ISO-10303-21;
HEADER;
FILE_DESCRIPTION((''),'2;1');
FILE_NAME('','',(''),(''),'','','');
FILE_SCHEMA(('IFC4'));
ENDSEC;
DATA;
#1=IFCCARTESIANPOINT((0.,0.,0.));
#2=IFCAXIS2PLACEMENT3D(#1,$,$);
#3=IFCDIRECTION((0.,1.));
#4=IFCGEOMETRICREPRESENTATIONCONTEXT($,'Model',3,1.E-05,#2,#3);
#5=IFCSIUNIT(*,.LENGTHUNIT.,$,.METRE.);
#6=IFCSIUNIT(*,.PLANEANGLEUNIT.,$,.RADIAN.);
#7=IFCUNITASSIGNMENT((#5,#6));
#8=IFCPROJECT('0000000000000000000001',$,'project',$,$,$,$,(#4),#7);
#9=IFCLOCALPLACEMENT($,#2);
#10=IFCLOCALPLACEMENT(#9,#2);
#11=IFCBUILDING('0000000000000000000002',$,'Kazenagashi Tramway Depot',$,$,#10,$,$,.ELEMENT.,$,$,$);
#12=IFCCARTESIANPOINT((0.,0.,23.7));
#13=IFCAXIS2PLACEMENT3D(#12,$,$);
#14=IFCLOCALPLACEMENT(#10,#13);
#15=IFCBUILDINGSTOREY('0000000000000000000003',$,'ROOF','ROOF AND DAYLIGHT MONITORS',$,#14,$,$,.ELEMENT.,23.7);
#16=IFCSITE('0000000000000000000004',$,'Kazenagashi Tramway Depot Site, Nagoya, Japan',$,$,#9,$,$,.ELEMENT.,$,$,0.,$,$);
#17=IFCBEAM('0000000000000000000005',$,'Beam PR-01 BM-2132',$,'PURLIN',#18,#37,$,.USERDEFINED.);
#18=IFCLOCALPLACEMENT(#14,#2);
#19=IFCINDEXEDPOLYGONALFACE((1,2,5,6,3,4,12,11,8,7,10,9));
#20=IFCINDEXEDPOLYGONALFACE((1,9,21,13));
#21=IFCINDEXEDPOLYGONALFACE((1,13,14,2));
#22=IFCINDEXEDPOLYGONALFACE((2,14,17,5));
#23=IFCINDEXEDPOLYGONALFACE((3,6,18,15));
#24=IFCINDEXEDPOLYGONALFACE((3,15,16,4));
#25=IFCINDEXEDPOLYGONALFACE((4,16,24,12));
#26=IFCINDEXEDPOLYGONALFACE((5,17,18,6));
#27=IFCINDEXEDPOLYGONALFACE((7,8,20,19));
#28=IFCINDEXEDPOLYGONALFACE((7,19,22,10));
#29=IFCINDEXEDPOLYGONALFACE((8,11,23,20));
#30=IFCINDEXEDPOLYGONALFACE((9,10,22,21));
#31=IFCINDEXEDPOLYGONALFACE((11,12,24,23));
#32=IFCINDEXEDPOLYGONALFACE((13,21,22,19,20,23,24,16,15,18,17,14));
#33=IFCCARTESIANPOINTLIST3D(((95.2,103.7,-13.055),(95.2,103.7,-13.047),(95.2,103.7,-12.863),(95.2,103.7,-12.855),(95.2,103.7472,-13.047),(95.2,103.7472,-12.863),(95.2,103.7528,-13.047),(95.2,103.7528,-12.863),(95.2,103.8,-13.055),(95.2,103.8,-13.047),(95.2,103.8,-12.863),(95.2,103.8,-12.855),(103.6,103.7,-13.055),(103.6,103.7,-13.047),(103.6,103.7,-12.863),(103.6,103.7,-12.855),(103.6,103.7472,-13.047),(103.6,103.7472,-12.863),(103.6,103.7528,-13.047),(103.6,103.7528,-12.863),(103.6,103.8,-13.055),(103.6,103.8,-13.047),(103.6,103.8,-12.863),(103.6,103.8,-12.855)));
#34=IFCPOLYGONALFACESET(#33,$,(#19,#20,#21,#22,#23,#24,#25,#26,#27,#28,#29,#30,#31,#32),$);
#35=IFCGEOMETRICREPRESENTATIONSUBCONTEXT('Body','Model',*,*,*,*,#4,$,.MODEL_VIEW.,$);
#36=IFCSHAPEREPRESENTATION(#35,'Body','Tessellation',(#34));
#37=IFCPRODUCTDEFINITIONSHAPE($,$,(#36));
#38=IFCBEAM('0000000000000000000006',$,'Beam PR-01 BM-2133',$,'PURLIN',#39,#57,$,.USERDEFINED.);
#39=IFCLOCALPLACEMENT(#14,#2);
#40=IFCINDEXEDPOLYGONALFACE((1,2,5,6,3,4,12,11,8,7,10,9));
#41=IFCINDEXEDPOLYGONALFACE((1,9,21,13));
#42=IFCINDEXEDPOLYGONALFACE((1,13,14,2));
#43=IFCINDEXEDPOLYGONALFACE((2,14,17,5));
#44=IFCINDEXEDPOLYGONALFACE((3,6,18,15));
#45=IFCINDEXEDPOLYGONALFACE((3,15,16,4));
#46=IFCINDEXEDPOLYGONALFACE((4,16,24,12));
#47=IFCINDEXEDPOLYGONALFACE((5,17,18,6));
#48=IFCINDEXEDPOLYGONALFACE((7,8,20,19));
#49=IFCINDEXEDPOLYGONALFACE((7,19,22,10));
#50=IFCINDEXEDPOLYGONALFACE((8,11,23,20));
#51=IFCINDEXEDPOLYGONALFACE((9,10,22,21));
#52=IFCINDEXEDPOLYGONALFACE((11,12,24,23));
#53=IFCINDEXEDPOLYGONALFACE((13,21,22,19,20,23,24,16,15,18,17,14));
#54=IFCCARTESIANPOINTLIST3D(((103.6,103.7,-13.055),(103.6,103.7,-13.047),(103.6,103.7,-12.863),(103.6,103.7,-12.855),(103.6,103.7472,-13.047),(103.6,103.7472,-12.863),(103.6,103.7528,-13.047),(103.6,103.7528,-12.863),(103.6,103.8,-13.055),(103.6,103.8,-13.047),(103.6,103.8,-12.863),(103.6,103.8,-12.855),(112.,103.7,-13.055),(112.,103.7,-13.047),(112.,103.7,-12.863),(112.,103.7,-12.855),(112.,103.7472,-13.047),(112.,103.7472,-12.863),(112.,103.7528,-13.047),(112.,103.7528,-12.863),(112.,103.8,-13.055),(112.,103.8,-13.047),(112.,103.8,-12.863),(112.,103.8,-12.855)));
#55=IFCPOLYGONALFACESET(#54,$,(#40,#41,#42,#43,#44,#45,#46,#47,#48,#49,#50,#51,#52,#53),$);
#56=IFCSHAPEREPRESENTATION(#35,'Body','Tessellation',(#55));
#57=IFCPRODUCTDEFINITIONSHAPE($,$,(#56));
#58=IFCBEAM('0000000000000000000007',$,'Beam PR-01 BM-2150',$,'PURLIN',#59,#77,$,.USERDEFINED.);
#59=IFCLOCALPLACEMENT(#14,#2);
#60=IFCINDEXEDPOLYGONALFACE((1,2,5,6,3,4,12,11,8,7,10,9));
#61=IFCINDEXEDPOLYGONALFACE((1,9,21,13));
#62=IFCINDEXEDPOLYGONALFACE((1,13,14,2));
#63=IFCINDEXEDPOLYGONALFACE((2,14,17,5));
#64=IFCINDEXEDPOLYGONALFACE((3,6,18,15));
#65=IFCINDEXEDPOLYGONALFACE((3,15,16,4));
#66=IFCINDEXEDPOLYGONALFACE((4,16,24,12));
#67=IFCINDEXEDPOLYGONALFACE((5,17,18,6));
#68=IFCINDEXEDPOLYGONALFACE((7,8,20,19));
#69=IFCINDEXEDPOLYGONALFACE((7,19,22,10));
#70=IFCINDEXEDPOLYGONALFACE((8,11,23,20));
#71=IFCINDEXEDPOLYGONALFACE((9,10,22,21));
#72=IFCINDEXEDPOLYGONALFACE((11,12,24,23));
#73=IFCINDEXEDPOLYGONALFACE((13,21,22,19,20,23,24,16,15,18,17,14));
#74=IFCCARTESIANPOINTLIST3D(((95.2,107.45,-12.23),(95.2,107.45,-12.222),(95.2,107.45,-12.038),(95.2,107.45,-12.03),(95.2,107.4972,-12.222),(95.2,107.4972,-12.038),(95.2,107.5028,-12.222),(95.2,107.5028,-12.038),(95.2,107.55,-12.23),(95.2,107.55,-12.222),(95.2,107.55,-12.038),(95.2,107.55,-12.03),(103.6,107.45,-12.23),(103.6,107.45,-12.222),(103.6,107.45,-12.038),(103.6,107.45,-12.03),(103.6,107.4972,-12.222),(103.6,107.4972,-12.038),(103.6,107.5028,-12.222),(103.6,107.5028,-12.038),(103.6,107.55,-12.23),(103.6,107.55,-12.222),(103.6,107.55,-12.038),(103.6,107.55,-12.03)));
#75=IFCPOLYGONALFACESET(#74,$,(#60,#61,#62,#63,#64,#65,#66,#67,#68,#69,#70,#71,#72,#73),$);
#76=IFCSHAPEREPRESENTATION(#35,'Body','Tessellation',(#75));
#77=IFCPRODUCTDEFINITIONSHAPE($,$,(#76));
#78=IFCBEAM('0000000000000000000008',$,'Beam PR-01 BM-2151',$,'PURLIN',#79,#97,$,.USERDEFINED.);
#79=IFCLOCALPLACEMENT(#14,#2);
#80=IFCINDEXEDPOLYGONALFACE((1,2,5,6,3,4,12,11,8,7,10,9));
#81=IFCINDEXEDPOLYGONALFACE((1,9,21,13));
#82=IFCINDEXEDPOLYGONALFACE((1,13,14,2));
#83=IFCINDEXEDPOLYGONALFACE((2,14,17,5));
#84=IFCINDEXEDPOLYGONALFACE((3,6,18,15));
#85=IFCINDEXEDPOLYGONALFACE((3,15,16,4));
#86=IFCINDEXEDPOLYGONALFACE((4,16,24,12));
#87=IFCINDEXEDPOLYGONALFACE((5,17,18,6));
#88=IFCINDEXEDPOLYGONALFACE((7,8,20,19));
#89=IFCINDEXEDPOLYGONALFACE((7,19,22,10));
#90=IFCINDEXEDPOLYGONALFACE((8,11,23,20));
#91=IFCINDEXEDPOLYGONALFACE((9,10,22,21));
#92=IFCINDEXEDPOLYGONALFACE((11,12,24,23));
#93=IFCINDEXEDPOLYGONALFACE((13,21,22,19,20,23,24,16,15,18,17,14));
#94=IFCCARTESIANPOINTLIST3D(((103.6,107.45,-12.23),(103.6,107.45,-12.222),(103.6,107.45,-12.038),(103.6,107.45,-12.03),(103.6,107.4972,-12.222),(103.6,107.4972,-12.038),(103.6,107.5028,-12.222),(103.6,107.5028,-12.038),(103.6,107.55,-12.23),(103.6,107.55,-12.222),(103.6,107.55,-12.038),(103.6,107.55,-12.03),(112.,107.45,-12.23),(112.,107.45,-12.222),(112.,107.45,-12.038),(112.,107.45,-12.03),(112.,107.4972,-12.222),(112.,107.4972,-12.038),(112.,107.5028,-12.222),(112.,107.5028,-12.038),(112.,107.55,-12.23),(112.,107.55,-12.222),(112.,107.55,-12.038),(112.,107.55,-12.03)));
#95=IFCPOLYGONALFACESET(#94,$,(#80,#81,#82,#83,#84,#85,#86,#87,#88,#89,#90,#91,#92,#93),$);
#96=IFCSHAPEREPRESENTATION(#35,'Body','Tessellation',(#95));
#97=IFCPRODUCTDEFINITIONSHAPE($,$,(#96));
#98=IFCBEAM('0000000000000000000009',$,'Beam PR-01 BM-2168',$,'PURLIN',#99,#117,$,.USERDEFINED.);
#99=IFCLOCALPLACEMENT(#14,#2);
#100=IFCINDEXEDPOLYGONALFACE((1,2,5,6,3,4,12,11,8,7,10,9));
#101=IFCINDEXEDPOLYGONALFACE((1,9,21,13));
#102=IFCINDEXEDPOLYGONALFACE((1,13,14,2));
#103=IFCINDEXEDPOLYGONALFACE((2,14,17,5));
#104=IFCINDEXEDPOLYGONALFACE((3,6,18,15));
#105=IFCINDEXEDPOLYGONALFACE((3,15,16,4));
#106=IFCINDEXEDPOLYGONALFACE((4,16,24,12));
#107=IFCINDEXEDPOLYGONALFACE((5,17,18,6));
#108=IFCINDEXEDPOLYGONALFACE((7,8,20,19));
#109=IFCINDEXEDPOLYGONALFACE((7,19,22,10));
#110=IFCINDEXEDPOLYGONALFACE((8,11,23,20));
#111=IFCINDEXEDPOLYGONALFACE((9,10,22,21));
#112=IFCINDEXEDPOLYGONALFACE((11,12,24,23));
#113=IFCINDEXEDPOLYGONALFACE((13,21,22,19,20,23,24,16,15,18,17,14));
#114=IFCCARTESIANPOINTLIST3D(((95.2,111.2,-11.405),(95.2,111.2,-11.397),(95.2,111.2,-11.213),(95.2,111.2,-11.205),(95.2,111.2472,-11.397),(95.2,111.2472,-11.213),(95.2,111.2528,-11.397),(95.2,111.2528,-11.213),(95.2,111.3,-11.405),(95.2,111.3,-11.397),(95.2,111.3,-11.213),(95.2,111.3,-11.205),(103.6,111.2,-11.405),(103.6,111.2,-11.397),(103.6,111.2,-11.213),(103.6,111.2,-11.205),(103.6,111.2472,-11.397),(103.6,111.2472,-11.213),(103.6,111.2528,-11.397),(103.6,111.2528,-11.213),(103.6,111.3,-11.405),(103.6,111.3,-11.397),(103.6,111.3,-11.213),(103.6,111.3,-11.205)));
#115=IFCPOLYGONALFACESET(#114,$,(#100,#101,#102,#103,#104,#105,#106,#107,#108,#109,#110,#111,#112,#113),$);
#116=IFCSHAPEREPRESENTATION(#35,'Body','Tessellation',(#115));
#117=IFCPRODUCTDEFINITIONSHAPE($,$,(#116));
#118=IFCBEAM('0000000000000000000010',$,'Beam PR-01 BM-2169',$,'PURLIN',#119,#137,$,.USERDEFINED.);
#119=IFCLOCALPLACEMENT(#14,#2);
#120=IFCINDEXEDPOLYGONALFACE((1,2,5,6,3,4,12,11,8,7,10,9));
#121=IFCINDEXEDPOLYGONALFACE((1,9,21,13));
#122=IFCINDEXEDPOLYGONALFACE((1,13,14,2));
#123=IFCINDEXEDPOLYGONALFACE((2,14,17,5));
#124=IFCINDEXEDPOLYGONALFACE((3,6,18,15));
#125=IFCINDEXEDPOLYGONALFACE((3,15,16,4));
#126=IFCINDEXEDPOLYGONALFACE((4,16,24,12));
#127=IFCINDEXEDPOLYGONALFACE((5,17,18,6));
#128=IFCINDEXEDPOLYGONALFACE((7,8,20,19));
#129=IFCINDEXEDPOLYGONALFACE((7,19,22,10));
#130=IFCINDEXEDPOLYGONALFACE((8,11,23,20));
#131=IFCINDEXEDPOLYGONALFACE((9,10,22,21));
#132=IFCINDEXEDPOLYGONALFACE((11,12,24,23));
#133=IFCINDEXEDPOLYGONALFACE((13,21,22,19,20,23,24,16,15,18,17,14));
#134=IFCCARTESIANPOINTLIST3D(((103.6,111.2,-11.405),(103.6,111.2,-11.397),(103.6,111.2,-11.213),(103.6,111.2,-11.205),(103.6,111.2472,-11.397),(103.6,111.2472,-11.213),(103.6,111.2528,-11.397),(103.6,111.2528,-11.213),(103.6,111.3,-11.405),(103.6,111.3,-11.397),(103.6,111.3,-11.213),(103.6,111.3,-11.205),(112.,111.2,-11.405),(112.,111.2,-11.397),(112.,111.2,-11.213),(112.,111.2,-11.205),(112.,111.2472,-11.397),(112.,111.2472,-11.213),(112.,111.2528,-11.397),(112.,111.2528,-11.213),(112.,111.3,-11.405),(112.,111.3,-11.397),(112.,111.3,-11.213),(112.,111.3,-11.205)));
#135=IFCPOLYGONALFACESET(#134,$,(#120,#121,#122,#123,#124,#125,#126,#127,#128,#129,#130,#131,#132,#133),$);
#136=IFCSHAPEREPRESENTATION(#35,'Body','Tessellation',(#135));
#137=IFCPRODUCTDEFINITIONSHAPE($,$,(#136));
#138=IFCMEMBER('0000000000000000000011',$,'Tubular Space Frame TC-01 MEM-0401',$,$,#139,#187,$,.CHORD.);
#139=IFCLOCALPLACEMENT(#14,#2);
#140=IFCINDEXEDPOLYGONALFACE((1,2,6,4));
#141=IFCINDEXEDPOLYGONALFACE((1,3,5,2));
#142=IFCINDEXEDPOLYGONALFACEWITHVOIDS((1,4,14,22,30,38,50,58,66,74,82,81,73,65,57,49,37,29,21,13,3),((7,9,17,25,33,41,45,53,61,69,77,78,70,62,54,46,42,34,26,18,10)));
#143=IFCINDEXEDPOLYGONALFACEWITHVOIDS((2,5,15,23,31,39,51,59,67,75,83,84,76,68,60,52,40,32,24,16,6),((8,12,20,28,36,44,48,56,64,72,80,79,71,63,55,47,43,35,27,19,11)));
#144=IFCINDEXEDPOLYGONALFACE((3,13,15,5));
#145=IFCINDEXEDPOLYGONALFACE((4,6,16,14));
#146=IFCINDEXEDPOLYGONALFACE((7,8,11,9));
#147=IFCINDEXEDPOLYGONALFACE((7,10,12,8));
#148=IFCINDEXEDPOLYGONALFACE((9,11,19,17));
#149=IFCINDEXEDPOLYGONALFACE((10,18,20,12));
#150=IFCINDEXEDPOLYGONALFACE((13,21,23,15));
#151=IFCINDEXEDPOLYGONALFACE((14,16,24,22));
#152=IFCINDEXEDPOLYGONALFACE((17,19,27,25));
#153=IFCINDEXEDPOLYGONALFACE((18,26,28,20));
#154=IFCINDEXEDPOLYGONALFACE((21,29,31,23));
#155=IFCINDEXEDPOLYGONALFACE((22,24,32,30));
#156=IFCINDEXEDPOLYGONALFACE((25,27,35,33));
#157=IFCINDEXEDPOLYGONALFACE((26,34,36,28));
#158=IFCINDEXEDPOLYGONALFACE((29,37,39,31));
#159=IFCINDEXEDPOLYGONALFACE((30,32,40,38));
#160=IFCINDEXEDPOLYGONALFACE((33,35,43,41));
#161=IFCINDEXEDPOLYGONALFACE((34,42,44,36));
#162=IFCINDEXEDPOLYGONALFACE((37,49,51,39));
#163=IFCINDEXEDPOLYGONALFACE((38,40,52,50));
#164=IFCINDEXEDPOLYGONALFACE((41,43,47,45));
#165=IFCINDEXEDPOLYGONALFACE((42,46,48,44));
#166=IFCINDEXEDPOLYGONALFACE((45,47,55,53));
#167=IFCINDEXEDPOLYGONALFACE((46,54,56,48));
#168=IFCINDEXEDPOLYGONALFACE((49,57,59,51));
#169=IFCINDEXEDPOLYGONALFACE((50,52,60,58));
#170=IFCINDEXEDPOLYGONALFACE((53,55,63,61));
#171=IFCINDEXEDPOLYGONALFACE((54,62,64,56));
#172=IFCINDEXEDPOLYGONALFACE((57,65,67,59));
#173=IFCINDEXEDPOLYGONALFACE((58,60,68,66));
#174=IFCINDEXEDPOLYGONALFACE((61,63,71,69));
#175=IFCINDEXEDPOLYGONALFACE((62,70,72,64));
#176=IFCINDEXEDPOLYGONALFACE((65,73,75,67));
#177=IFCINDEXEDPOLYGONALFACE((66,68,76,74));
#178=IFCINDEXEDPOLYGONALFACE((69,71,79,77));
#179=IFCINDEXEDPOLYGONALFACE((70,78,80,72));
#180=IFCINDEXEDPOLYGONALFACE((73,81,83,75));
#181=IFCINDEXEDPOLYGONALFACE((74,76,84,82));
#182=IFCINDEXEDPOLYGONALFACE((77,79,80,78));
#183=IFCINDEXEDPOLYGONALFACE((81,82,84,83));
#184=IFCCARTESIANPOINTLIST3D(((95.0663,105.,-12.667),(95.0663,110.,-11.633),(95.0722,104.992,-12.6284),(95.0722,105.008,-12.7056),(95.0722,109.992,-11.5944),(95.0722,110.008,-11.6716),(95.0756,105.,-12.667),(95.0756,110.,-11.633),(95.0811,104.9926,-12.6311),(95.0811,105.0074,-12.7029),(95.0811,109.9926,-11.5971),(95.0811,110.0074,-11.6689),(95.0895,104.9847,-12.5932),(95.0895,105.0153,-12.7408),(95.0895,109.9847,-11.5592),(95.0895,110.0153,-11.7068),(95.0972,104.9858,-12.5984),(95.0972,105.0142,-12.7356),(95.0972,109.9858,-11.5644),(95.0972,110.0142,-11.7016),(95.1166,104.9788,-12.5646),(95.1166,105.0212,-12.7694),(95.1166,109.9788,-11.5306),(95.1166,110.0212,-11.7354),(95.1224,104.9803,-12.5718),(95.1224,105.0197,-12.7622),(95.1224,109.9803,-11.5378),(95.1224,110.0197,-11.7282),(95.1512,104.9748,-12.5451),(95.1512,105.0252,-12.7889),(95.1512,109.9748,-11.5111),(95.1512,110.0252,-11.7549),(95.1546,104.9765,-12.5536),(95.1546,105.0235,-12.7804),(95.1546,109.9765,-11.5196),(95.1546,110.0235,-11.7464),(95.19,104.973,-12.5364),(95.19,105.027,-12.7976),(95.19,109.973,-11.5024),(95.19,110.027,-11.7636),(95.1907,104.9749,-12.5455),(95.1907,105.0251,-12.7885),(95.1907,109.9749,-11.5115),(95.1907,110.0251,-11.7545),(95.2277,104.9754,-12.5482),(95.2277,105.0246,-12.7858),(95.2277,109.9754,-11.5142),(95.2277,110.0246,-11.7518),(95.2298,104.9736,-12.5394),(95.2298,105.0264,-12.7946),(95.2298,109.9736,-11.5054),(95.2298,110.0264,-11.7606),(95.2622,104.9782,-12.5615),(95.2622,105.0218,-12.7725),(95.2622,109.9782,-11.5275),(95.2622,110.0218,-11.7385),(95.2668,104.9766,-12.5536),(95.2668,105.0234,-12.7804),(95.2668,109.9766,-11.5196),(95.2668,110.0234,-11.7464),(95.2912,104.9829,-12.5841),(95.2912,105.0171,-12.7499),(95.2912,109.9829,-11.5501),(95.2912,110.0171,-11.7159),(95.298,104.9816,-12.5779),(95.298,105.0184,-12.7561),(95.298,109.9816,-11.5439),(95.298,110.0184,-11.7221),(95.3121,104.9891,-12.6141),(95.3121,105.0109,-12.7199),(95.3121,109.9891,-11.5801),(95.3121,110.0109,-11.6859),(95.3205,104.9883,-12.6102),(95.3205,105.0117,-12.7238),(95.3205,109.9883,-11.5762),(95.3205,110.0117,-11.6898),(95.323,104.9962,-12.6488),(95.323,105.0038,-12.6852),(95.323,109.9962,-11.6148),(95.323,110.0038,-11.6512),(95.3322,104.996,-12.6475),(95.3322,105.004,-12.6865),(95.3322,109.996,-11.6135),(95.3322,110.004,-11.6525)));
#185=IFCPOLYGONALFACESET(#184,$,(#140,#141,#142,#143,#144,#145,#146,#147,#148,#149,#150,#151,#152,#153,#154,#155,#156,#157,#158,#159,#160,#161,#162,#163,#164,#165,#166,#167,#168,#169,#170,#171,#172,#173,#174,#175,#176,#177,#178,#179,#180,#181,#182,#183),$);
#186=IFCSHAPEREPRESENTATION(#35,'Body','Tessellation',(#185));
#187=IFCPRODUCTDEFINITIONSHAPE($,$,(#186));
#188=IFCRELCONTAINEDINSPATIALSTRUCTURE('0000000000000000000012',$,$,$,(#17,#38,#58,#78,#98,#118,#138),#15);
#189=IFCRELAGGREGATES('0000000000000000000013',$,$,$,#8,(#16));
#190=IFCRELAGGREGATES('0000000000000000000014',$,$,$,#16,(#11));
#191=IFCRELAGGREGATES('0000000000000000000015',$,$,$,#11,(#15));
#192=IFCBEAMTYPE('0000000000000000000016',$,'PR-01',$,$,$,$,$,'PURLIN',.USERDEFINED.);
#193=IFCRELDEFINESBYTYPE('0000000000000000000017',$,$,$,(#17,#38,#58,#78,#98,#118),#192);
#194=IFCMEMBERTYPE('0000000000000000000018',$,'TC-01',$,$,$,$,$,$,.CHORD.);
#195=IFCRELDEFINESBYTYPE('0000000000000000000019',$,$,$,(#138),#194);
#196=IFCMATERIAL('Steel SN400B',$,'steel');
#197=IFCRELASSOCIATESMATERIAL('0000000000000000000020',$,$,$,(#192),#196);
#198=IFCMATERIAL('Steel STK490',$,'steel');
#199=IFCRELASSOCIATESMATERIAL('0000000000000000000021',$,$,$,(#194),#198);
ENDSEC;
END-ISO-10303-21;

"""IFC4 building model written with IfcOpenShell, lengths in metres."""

from ifc_helpers import new_model, si_unit, direction, frame, origin, origin_2d, place, context, subcontext, project, spatial, hollow_circle, i_section, extrude, material, material_profile, profile_set, type_object, element, save


model = new_model("IFC4")

# Units and contexts
model_context = context("Model", 3, precision=1e-05, world=origin(), true_north=direction((0.0, 1.0)))
body_context = subcontext(model_context, "Body", "Model", "MODEL_VIEW")
ifc_project = project(units=[si_unit("LENGTHUNIT", "METRE"), si_unit("PLANEANGLEUNIT", "RADIAN")], contexts=[model_context])

# Site, building, storey
site_placement = place(None, origin())
site = spatial("IfcSite", under=ifc_project, at=site_placement, Name="Kazenagashi Tramway Depot Site, Nagoya, Japan", CompositionType="ELEMENT", RefElevation=0.0)
building_placement = place(site_placement, origin())
building = spatial("IfcBuilding", under=site, at=building_placement, Name="Kazenagashi Tramway Depot", CompositionType="ELEMENT")
storey_placement = place(building_placement, frame((0.0, 0.0, 23.7)))
storey = spatial("IfcBuildingStorey", under=building, at=storey_placement, Name="ROOF", Description="ROOF AND DAYLIGHT MONITORS", CompositionType="ELEMENT", Elevation=23.7)

# Beams
ifc_material_1 = material(Name="Steel SN400B", Category="steel")
ifc_material_profile_1 = material_profile(ifc_material_1, i_section(OverallWidth=0.1, OverallDepth=0.2, WebThickness=0.0055, FlangeThickness=0.008, at=origin_2d()), Name="H-200x100x5.5x8")
ifc_profile_set_1 = profile_set([ifc_material_profile_1], Name="Steel SN400B")
beam_type = type_object("IfcBeamType", Name="PR-01", ElementType="PURLIN", PredefinedType="USERDEFINED", material=ifc_profile_set_1)
for number, where, z_axis, x_axis, name in (
    (1, (95.2, 103.75, -12.955), (1.0, 0.0, 0.0), (0.0, 1.0, 0.0), "Beam PR-01 BM-2132"),
    (2, (103.6, 103.75, -12.955), (1.0, 0.0, 0.0), (0.0, 1.0, 0.0), "Beam PR-01 BM-2133"),
    (3, (95.2, 107.5, -12.13), (1.0, 0.0, 0.0), (0.0, 1.0, 0.0), "Beam PR-01 BM-2150"),
    (4, (103.6, 107.5, -12.13), (1.0, 0.0, 0.0), (0.0, 1.0, 0.0), "Beam PR-01 BM-2151"),
    (5, (95.2, 111.25, -11.305), (1.0, 0.0, 0.0), (0.0, 1.0, 0.0), "Beam PR-01 BM-2168"),
    (6, (103.6, 111.25, -11.305), (1.0, 0.0, 0.0), (0.0, 1.0, 0.0), "Beam PR-01 BM-2169"),
):
    element("IfcBeam", number, at=place(storey_placement, frame(where, z_axis=z_axis, x_axis=x_axis)), inside=storey, type_object=beam_type, Name=name, ObjectType="PURLIN", PredefinedType="USERDEFINED", context=body_context, shape_type="SweptSolid", body=[
        extrude(i_section(OverallWidth=0.1, OverallDepth=0.2, WebThickness=0.0055, FlangeThickness=0.008, at=origin_2d()), origin(), (0.0, 0.0, 1.0), 8.4),
    ])

# Member
ifc_material_2 = material(Name="Steel STK490", Category="steel")
ifc_material_profile_2 = material_profile(ifc_material_2, hollow_circle(Radius=0.1337, WallThickness=0.0093, at=origin_2d()), Name="CHS-267.4x9.3")
ifc_profile_set_2 = profile_set([ifc_material_profile_2], Name="Steel STK490")
member_type_1 = type_object("IfcMemberType", Name="TC-01", PredefinedType="CHORD", material=ifc_profile_set_2)
member_1_placement = place(storey_placement, frame((95.2, 105.0, -12.667), z_axis=(0.0, 0.979279, 0.202515), x_axis=(-1.0, 0.0, 0.0)))
element("IfcMember", 7, at=member_1_placement, inside=storey, type_object=member_type_1, Name="Tubular Space Frame TC-01 MEM-0401", PredefinedType="CHORD", context=body_context, shape_type="SweptSolid", body=[
    extrude(hollow_circle(Radius=0.1337, WallThickness=0.0093, at=origin_2d()), origin(), (0.0, 0.0, 1.0), 5.1058),
])

save(model, "model.ifc")
